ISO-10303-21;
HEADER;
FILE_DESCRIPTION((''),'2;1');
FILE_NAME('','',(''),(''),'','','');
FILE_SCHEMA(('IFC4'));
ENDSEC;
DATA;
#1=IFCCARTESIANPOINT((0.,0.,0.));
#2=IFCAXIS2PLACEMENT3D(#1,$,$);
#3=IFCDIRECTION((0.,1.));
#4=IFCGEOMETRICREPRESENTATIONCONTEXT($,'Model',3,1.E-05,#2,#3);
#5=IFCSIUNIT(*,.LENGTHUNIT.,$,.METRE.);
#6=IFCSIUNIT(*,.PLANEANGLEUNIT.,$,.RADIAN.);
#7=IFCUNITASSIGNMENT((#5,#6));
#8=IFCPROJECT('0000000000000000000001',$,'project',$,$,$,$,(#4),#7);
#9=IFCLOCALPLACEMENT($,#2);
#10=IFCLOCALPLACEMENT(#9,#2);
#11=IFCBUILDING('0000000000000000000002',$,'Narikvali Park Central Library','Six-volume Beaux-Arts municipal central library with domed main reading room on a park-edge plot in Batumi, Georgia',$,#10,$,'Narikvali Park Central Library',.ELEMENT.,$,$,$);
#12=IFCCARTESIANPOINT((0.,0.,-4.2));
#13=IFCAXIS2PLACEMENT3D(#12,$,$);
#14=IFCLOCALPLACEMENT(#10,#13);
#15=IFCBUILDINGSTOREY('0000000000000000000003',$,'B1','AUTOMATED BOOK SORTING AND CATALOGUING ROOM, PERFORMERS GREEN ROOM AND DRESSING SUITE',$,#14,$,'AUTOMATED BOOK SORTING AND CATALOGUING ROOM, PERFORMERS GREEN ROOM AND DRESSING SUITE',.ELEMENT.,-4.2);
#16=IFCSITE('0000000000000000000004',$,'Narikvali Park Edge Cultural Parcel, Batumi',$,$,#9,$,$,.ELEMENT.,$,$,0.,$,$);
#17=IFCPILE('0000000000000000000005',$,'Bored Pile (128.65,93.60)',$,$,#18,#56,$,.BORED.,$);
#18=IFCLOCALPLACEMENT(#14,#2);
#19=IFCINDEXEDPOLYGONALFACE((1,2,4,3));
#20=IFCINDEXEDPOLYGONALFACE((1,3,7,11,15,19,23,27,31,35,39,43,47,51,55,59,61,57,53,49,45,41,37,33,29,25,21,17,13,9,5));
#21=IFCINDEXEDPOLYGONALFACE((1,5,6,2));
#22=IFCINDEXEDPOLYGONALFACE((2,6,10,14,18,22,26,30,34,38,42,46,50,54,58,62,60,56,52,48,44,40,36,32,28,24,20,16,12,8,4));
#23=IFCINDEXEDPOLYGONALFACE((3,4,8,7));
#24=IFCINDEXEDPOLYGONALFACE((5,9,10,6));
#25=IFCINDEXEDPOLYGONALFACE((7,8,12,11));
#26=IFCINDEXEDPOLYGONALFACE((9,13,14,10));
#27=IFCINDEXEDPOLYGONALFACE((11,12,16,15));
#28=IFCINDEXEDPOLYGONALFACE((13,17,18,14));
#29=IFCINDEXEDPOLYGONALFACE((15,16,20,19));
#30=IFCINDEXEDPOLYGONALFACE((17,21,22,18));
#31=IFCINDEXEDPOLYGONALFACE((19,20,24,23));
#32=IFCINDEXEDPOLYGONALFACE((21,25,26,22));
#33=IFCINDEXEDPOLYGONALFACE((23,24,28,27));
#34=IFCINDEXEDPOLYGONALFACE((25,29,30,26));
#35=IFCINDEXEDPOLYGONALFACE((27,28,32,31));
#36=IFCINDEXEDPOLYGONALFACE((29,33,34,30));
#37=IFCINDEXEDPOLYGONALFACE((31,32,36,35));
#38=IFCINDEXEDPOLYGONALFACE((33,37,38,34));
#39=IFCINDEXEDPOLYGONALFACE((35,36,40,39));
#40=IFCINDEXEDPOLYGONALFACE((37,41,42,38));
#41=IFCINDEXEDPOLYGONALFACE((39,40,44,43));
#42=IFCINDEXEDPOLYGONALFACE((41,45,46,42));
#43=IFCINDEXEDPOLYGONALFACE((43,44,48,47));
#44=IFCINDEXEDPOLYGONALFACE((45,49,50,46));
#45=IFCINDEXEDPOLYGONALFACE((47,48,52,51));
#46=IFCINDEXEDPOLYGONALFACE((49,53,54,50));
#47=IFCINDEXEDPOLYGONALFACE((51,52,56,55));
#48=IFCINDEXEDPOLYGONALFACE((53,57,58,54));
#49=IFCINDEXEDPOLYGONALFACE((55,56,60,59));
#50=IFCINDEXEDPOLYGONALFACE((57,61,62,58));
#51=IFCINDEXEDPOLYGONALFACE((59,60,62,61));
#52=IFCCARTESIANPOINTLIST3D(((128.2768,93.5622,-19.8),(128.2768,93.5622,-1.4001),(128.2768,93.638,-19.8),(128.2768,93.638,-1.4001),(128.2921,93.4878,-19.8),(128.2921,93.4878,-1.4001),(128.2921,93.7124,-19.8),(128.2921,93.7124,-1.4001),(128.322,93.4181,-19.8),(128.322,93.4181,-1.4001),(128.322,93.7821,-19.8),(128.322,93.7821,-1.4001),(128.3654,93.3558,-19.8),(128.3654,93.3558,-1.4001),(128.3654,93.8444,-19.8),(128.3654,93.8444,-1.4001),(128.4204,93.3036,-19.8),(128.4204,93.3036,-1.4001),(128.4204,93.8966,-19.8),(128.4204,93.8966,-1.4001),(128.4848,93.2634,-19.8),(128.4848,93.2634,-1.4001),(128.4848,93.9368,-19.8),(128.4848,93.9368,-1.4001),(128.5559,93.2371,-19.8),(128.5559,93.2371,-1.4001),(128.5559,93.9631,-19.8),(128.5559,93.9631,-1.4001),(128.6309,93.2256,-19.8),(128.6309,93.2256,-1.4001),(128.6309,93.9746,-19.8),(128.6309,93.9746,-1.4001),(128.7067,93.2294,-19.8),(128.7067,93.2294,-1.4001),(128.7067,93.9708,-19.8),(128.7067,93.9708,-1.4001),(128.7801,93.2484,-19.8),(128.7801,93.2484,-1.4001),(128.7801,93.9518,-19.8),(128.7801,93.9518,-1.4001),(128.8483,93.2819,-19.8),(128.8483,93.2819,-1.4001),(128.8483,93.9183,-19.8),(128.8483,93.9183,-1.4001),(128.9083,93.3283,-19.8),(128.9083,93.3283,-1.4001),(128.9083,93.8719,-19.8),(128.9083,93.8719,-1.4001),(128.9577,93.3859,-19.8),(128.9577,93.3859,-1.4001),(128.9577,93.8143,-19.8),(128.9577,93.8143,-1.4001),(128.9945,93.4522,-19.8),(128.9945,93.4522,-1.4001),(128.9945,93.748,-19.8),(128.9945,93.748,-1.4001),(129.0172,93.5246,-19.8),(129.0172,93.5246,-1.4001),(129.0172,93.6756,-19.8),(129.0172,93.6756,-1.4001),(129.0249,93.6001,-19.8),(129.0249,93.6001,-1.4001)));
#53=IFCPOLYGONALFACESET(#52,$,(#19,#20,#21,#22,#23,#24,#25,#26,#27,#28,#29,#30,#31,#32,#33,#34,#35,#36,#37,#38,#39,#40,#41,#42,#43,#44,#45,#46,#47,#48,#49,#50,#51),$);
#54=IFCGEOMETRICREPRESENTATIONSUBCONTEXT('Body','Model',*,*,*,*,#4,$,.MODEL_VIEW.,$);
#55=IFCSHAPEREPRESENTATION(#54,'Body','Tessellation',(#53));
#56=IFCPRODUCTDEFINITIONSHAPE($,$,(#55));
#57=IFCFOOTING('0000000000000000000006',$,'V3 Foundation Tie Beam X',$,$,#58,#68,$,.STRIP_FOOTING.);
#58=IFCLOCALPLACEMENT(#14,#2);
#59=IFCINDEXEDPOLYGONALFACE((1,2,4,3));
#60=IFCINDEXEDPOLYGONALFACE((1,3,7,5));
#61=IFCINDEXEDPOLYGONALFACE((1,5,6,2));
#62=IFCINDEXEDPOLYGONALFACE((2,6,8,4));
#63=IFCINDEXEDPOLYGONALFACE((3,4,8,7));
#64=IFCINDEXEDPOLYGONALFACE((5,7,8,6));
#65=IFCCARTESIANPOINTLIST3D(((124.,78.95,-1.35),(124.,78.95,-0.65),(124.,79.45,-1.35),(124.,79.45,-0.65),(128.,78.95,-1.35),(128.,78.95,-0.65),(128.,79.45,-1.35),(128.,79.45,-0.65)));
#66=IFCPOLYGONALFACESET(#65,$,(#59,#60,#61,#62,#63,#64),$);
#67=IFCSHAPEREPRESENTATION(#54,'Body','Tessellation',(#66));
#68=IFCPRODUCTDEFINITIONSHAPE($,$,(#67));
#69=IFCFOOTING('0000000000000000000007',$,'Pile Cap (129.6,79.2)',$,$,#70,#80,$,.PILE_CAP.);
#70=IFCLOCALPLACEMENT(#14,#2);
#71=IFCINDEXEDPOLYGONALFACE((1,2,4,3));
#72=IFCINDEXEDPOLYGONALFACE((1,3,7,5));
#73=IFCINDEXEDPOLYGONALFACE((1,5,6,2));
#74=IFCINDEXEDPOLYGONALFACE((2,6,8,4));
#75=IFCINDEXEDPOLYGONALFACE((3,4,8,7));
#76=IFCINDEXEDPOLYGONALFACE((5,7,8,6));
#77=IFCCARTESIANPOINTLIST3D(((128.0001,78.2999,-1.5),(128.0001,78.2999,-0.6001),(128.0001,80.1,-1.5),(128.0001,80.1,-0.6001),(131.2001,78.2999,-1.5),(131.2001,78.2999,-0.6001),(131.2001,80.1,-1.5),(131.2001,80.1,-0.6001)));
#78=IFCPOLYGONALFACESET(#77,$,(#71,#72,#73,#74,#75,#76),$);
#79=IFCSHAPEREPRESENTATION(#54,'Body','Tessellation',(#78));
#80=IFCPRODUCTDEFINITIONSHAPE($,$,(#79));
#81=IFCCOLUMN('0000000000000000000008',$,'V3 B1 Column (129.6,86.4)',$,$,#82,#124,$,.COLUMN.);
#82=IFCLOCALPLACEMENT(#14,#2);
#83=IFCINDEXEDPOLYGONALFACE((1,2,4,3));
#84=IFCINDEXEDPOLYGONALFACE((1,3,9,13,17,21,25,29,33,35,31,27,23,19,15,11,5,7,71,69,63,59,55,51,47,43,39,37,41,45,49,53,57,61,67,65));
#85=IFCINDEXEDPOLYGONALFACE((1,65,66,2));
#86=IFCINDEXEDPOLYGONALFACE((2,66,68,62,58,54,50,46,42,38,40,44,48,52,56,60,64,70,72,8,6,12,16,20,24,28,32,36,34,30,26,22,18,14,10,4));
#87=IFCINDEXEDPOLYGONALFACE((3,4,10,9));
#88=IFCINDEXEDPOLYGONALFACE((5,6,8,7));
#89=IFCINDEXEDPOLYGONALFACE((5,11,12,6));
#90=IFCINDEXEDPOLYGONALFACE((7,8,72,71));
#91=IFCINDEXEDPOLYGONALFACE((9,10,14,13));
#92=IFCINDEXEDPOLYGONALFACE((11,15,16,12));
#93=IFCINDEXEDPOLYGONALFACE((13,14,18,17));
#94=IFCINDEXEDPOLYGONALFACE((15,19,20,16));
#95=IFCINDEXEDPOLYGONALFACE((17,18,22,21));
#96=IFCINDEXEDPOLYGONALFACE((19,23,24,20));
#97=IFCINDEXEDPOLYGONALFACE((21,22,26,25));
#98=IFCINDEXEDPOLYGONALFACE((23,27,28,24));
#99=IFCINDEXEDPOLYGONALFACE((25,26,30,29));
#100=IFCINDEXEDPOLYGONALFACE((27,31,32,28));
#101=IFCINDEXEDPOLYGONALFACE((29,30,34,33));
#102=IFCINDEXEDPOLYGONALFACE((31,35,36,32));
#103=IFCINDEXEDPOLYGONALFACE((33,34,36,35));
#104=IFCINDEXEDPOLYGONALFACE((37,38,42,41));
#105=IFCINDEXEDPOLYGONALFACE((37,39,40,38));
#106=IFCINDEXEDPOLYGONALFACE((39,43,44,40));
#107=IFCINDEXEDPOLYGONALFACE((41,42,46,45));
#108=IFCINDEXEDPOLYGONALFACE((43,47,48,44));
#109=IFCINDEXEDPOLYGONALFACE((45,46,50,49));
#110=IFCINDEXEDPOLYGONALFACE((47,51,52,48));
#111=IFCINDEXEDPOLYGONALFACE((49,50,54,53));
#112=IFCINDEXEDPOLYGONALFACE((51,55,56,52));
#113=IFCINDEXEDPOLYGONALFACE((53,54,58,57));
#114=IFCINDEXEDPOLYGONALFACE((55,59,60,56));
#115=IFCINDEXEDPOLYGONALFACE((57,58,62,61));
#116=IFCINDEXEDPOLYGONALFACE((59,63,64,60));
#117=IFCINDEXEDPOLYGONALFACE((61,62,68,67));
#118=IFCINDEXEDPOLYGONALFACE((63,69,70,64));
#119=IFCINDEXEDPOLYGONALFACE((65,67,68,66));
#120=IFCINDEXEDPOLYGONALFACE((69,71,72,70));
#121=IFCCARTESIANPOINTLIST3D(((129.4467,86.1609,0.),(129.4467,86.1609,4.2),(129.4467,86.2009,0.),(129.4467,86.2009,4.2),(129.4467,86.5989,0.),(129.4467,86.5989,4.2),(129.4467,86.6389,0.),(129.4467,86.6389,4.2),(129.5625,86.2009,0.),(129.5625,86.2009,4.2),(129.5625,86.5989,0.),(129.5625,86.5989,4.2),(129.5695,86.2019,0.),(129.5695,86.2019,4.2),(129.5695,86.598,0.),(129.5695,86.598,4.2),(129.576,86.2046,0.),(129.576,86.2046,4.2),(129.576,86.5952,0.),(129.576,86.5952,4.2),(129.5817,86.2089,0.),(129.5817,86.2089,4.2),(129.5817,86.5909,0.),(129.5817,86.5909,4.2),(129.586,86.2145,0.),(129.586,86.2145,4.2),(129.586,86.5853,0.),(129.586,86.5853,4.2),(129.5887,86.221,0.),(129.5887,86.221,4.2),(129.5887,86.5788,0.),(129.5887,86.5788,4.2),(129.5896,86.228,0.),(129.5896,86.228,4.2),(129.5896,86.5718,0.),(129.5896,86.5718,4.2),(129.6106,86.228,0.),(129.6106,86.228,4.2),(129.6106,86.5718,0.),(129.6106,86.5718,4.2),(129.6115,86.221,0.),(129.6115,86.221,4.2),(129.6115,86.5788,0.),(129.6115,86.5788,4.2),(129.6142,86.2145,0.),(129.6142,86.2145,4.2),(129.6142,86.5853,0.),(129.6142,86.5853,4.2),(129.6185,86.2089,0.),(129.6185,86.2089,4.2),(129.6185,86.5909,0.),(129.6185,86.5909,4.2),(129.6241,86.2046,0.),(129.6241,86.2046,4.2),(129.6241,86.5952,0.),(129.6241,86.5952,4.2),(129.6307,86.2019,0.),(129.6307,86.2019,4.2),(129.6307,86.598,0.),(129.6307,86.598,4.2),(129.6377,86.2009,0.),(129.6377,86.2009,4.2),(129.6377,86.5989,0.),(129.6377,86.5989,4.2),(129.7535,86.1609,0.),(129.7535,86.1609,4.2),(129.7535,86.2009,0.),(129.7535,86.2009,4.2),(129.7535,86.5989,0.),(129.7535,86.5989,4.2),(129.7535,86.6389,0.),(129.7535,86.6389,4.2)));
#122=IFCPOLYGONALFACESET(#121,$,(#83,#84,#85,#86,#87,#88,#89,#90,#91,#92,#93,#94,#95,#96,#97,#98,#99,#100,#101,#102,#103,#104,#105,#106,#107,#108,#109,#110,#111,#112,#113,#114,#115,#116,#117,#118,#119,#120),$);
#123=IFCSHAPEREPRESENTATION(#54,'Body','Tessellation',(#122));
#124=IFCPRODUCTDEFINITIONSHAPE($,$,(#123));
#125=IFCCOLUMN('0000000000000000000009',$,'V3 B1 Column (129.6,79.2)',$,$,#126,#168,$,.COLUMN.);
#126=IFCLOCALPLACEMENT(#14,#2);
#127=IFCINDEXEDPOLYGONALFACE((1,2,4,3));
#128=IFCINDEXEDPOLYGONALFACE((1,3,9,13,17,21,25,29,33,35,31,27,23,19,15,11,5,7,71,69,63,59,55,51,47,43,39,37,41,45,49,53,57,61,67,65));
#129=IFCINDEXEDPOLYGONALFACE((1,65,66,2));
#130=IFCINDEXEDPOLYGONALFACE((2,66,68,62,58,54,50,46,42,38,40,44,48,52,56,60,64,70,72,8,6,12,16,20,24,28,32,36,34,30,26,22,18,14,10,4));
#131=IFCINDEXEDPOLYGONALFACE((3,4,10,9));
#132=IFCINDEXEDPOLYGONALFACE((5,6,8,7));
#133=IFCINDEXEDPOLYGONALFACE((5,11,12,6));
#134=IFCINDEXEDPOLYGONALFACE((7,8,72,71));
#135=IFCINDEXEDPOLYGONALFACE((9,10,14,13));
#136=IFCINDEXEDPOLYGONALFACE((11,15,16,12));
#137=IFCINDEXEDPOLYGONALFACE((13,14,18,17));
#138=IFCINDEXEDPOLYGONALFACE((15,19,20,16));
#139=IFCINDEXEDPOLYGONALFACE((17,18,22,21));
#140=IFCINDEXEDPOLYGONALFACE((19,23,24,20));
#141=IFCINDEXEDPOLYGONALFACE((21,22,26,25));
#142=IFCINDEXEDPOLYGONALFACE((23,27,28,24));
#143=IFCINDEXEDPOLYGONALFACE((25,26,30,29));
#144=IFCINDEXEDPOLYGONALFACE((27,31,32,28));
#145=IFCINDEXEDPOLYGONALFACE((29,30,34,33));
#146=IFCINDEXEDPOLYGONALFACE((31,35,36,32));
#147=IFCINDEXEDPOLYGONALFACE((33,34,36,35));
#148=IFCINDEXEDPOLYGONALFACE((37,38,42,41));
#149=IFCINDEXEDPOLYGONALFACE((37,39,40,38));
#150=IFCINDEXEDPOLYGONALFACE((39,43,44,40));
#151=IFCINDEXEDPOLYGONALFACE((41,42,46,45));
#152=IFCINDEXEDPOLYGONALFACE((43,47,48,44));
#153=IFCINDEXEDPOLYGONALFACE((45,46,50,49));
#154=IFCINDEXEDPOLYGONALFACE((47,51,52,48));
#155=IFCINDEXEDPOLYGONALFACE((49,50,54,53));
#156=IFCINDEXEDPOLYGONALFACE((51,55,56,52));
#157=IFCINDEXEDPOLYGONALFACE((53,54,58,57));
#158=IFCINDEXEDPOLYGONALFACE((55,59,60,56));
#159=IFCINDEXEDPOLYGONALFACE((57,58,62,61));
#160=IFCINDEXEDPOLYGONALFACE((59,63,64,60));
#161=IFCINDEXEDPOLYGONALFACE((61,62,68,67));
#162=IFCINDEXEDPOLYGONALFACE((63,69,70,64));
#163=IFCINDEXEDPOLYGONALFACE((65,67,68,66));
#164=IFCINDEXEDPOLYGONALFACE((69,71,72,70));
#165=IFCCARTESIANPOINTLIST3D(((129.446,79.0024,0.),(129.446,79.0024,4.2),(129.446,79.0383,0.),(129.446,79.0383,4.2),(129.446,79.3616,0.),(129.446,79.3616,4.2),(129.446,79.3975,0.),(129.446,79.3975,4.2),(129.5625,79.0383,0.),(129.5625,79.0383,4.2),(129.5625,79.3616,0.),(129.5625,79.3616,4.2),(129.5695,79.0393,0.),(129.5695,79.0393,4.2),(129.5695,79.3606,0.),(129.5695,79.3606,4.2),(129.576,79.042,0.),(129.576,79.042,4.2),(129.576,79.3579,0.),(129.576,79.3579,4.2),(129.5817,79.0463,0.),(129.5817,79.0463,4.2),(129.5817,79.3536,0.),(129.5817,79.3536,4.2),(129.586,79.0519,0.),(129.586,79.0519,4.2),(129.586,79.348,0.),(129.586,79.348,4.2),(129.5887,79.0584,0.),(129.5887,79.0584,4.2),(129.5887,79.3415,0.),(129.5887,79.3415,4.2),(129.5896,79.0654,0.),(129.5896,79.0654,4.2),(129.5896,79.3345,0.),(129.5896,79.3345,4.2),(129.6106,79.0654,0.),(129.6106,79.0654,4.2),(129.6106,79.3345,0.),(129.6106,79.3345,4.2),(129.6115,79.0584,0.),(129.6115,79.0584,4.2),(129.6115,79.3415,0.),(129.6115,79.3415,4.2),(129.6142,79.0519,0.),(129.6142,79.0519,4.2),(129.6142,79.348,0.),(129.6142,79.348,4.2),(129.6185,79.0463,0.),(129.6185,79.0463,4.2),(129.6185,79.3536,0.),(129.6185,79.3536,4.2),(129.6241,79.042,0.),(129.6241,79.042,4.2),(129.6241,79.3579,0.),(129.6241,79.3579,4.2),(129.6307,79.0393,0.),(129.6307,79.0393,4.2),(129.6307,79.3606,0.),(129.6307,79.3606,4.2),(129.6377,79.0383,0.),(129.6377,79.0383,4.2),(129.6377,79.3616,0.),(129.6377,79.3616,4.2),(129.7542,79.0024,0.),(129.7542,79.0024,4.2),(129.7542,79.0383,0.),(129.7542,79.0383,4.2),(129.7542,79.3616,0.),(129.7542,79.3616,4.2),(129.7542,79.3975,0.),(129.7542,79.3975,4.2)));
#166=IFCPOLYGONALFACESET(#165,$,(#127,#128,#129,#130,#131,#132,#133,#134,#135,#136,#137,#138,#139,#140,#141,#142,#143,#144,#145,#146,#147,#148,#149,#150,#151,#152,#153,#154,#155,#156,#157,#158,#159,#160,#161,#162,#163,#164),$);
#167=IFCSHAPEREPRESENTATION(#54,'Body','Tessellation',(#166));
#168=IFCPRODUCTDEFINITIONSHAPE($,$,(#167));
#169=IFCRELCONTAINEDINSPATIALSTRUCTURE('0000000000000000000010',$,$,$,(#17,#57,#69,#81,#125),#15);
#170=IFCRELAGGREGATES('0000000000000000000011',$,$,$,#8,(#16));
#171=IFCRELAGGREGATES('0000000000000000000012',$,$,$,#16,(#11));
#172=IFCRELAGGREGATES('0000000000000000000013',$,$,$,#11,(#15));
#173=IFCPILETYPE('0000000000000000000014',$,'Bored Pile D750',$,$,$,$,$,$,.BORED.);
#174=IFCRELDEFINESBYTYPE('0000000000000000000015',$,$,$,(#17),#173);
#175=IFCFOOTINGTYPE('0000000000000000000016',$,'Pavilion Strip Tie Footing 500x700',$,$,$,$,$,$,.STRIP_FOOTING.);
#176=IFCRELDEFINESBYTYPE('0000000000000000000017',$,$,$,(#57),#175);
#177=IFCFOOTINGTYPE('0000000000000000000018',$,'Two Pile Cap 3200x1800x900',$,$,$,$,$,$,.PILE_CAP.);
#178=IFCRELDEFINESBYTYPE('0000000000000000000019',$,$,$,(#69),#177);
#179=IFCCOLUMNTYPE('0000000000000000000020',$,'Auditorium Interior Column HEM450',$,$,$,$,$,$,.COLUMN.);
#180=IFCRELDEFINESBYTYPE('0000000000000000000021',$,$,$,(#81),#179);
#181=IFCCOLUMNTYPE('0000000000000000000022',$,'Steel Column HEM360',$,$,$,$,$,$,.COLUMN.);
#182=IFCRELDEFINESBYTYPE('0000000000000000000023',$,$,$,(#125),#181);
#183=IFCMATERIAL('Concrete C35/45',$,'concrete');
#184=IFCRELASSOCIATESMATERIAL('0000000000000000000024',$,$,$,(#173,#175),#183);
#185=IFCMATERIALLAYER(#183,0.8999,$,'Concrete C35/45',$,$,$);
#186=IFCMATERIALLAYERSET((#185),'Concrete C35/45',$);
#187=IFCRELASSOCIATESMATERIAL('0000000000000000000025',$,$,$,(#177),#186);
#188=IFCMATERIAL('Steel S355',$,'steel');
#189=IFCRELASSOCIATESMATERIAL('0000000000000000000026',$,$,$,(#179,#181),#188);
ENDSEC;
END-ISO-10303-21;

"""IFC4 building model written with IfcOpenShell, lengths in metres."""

from ifc_helpers import new_model, si_unit, direction, frame, origin, origin_2d, place, context, subcontext, project, spatial, rectangle, circle, i_section, extrude, material, layer, layer_set, material_profile, profile_set, type_object, element, save


model = new_model("IFC4")

# Units and contexts
model_context = context("Model", 3, precision=1e-05, world=origin(), true_north=direction((0.0, 1.0)))
body_context = subcontext(model_context, "Body", "Model", "MODEL_VIEW")
ifc_project = project(units=[si_unit("LENGTHUNIT", "METRE"), si_unit("PLANEANGLEUNIT", "RADIAN")], contexts=[model_context])

# Site, building, storey
site_placement = place(None, origin())
site = spatial("IfcSite", under=ifc_project, at=site_placement, Name="Narikvali Park Edge Cultural Parcel, Batumi", CompositionType="ELEMENT", RefElevation=0.0)
building_placement = place(site_placement, origin())
building = spatial("IfcBuilding", under=site, at=building_placement, Name="Narikvali Park Central Library", Description="Six-volume Beaux-Arts municipal central library with domed main reading room on a park-edge plot in Batumi, Georgia", LongName="Narikvali Park Central Library", CompositionType="ELEMENT")
storey_placement = place(building_placement, frame((0.0, 0.0, -4.2)))
storey = spatial("IfcBuildingStorey", under=building, at=storey_placement, Name="B1", Description="AUTOMATED BOOK SORTING AND CATALOGUING ROOM, PERFORMERS GREEN ROOM AND DRESSING SUITE", LongName="AUTOMATED BOOK SORTING AND CATALOGUING ROOM, PERFORMERS GREEN ROOM AND DRESSING SUITE", CompositionType="ELEMENT", Elevation=-4.2)

# Pile
ifc_material_1 = material(Name="Concrete C35/45", Category="concrete")
ifc_material_profile_1 = material_profile(ifc_material_1, circle(Radius=0.375, at=origin_2d()), Name="PILE D750")
ifc_profile_set_1 = profile_set([ifc_material_profile_1], Name="Concrete C35/45")
pile_type = type_object("IfcPileType", Name="Bored Pile D750", PredefinedType="BORED", material=ifc_profile_set_1)
for number, where, z_axis, x_axis, name in (
    (1, (128.6499, 93.6001, -1.4001), (0.0, 0.0, -1.0), (1.0, 0.0, 0.0), "Bored Pile (128.65,93.60)"),
):
    element("IfcPile", number, at=place(storey_placement, frame(where, z_axis=z_axis, x_axis=x_axis)), inside=storey, type_object=pile_type, Name=name, PredefinedType="BORED", context=body_context, shape_type="SweptSolid", body=[
        extrude(circle(Radius=0.375, at=origin_2d()), origin(), (0.0, 0.0, 1.0), 18.3999),
    ])

# Footings
ifc_material_profile_2 = material_profile(ifc_material_1, rectangle(XDim=0.5, YDim=0.7, at=origin_2d()), Name="RC GB 500x700")
ifc_profile_set_2 = profile_set([ifc_material_profile_2], Name="Concrete C35/45")
footing_type_1 = type_object("IfcFootingType", Name="Pavilion Strip Tie Footing 500x700", PredefinedType="STRIP_FOOTING", material=ifc_profile_set_2)
footing_1_placement = place(storey_placement, frame((124.0, 79.2, -1.0), z_axis=(1.0, 0.0, 0.0), x_axis=(0.0, 1.0, 0.0)))
element("IfcFooting", 2, at=footing_1_placement, inside=storey, type_object=footing_type_1, Name="V3 Foundation Tie Beam X", PredefinedType="STRIP_FOOTING", context=body_context, shape_type="SweptSolid", body=[
    extrude(rectangle(XDim=0.5, YDim=0.7, at=origin_2d()), origin(), (0.0, 0.0, 1.0), 4.0),
])
ifc_layer_1 = layer(ifc_material_1, 0.8999, Name="Concrete C35/45")
ifc_layer_set_1 = layer_set([ifc_layer_1], Name="Concrete C35/45")
footing_type_2 = type_object("IfcFootingType", Name="Two Pile Cap 3200x1800x900", PredefinedType="PILE_CAP", material=ifc_layer_set_1)
footing_2_placement = place(storey_placement, frame((129.6001, 79.2, -1.5), z_axis=(0.0, 0.0, 1.0), x_axis=(1.0, 0.0, 0.0)))
element("IfcFooting", 3, at=footing_2_placement, inside=storey, type_object=footing_type_2, Name="Pile Cap (129.6,79.2)", PredefinedType="PILE_CAP", context=body_context, shape_type="SweptSolid", body=[
    extrude(rectangle(XDim=3.2, YDim=1.8, at=origin_2d()), origin(), (0.0, 0.0, 1.0), 0.8999),
])

# Columns
ifc_material_2 = material(Name="Steel S355", Category="steel")
ifc_material_profile_3 = material_profile(ifc_material_2, i_section(OverallWidth=0.3069, OverallDepth=0.478, WebThickness=0.021, FlangeThickness=0.04, FilletRadius=0.0271, at=origin_2d()), Name="HEM 450")
ifc_profile_set_3 = profile_set([ifc_material_profile_3], Name="Steel S355")
column_type_1 = type_object("IfcColumnType", Name="Auditorium Interior Column HEM450", PredefinedType="COLUMN", material=ifc_profile_set_3)
column_1_placement = place(storey_placement, frame((129.6001, 86.3999, 0.0), z_axis=(0.0, 0.0, 1.0), x_axis=(1.0, 0.0, 0.0)))
element("IfcColumn", 4, at=column_1_placement, inside=storey, type_object=column_type_1, Name="V3 B1 Column (129.6,86.4)", PredefinedType="COLUMN", context=body_context, shape_type="SweptSolid", body=[
    extrude(i_section(OverallWidth=0.3069, OverallDepth=0.478, WebThickness=0.021, FlangeThickness=0.04, FilletRadius=0.0271, at=origin_2d()), origin(), (0.0, 0.0, 1.0), 4.2),
])
ifc_material_profile_4 = material_profile(ifc_material_2, i_section(OverallWidth=0.3081, OverallDepth=0.395, WebThickness=0.021, FlangeThickness=0.0359, FilletRadius=0.0271, at=origin_2d()), Name="HEM 360")
ifc_profile_set_4 = profile_set([ifc_material_profile_4], Name="Steel S355")
column_type_2 = type_object("IfcColumnType", Name="Steel Column HEM360", PredefinedType="COLUMN", material=ifc_profile_set_4)
column_2_placement = place(storey_placement, frame((129.6001, 79.2, 0.0), z_axis=(0.0, 0.0, 1.0), x_axis=(1.0, 0.0, 0.0)))
element("IfcColumn", 5, at=column_2_placement, inside=storey, type_object=column_type_2, Name="V3 B1 Column (129.6,79.2)", PredefinedType="COLUMN", context=body_context, shape_type="SweptSolid", body=[
    extrude(i_section(OverallWidth=0.3081, OverallDepth=0.395, WebThickness=0.021, FlangeThickness=0.0359, FilletRadius=0.0271, at=origin_2d()), origin(), (0.0, 0.0, 1.0), 4.2),
])

save(model, "model.ifc")
